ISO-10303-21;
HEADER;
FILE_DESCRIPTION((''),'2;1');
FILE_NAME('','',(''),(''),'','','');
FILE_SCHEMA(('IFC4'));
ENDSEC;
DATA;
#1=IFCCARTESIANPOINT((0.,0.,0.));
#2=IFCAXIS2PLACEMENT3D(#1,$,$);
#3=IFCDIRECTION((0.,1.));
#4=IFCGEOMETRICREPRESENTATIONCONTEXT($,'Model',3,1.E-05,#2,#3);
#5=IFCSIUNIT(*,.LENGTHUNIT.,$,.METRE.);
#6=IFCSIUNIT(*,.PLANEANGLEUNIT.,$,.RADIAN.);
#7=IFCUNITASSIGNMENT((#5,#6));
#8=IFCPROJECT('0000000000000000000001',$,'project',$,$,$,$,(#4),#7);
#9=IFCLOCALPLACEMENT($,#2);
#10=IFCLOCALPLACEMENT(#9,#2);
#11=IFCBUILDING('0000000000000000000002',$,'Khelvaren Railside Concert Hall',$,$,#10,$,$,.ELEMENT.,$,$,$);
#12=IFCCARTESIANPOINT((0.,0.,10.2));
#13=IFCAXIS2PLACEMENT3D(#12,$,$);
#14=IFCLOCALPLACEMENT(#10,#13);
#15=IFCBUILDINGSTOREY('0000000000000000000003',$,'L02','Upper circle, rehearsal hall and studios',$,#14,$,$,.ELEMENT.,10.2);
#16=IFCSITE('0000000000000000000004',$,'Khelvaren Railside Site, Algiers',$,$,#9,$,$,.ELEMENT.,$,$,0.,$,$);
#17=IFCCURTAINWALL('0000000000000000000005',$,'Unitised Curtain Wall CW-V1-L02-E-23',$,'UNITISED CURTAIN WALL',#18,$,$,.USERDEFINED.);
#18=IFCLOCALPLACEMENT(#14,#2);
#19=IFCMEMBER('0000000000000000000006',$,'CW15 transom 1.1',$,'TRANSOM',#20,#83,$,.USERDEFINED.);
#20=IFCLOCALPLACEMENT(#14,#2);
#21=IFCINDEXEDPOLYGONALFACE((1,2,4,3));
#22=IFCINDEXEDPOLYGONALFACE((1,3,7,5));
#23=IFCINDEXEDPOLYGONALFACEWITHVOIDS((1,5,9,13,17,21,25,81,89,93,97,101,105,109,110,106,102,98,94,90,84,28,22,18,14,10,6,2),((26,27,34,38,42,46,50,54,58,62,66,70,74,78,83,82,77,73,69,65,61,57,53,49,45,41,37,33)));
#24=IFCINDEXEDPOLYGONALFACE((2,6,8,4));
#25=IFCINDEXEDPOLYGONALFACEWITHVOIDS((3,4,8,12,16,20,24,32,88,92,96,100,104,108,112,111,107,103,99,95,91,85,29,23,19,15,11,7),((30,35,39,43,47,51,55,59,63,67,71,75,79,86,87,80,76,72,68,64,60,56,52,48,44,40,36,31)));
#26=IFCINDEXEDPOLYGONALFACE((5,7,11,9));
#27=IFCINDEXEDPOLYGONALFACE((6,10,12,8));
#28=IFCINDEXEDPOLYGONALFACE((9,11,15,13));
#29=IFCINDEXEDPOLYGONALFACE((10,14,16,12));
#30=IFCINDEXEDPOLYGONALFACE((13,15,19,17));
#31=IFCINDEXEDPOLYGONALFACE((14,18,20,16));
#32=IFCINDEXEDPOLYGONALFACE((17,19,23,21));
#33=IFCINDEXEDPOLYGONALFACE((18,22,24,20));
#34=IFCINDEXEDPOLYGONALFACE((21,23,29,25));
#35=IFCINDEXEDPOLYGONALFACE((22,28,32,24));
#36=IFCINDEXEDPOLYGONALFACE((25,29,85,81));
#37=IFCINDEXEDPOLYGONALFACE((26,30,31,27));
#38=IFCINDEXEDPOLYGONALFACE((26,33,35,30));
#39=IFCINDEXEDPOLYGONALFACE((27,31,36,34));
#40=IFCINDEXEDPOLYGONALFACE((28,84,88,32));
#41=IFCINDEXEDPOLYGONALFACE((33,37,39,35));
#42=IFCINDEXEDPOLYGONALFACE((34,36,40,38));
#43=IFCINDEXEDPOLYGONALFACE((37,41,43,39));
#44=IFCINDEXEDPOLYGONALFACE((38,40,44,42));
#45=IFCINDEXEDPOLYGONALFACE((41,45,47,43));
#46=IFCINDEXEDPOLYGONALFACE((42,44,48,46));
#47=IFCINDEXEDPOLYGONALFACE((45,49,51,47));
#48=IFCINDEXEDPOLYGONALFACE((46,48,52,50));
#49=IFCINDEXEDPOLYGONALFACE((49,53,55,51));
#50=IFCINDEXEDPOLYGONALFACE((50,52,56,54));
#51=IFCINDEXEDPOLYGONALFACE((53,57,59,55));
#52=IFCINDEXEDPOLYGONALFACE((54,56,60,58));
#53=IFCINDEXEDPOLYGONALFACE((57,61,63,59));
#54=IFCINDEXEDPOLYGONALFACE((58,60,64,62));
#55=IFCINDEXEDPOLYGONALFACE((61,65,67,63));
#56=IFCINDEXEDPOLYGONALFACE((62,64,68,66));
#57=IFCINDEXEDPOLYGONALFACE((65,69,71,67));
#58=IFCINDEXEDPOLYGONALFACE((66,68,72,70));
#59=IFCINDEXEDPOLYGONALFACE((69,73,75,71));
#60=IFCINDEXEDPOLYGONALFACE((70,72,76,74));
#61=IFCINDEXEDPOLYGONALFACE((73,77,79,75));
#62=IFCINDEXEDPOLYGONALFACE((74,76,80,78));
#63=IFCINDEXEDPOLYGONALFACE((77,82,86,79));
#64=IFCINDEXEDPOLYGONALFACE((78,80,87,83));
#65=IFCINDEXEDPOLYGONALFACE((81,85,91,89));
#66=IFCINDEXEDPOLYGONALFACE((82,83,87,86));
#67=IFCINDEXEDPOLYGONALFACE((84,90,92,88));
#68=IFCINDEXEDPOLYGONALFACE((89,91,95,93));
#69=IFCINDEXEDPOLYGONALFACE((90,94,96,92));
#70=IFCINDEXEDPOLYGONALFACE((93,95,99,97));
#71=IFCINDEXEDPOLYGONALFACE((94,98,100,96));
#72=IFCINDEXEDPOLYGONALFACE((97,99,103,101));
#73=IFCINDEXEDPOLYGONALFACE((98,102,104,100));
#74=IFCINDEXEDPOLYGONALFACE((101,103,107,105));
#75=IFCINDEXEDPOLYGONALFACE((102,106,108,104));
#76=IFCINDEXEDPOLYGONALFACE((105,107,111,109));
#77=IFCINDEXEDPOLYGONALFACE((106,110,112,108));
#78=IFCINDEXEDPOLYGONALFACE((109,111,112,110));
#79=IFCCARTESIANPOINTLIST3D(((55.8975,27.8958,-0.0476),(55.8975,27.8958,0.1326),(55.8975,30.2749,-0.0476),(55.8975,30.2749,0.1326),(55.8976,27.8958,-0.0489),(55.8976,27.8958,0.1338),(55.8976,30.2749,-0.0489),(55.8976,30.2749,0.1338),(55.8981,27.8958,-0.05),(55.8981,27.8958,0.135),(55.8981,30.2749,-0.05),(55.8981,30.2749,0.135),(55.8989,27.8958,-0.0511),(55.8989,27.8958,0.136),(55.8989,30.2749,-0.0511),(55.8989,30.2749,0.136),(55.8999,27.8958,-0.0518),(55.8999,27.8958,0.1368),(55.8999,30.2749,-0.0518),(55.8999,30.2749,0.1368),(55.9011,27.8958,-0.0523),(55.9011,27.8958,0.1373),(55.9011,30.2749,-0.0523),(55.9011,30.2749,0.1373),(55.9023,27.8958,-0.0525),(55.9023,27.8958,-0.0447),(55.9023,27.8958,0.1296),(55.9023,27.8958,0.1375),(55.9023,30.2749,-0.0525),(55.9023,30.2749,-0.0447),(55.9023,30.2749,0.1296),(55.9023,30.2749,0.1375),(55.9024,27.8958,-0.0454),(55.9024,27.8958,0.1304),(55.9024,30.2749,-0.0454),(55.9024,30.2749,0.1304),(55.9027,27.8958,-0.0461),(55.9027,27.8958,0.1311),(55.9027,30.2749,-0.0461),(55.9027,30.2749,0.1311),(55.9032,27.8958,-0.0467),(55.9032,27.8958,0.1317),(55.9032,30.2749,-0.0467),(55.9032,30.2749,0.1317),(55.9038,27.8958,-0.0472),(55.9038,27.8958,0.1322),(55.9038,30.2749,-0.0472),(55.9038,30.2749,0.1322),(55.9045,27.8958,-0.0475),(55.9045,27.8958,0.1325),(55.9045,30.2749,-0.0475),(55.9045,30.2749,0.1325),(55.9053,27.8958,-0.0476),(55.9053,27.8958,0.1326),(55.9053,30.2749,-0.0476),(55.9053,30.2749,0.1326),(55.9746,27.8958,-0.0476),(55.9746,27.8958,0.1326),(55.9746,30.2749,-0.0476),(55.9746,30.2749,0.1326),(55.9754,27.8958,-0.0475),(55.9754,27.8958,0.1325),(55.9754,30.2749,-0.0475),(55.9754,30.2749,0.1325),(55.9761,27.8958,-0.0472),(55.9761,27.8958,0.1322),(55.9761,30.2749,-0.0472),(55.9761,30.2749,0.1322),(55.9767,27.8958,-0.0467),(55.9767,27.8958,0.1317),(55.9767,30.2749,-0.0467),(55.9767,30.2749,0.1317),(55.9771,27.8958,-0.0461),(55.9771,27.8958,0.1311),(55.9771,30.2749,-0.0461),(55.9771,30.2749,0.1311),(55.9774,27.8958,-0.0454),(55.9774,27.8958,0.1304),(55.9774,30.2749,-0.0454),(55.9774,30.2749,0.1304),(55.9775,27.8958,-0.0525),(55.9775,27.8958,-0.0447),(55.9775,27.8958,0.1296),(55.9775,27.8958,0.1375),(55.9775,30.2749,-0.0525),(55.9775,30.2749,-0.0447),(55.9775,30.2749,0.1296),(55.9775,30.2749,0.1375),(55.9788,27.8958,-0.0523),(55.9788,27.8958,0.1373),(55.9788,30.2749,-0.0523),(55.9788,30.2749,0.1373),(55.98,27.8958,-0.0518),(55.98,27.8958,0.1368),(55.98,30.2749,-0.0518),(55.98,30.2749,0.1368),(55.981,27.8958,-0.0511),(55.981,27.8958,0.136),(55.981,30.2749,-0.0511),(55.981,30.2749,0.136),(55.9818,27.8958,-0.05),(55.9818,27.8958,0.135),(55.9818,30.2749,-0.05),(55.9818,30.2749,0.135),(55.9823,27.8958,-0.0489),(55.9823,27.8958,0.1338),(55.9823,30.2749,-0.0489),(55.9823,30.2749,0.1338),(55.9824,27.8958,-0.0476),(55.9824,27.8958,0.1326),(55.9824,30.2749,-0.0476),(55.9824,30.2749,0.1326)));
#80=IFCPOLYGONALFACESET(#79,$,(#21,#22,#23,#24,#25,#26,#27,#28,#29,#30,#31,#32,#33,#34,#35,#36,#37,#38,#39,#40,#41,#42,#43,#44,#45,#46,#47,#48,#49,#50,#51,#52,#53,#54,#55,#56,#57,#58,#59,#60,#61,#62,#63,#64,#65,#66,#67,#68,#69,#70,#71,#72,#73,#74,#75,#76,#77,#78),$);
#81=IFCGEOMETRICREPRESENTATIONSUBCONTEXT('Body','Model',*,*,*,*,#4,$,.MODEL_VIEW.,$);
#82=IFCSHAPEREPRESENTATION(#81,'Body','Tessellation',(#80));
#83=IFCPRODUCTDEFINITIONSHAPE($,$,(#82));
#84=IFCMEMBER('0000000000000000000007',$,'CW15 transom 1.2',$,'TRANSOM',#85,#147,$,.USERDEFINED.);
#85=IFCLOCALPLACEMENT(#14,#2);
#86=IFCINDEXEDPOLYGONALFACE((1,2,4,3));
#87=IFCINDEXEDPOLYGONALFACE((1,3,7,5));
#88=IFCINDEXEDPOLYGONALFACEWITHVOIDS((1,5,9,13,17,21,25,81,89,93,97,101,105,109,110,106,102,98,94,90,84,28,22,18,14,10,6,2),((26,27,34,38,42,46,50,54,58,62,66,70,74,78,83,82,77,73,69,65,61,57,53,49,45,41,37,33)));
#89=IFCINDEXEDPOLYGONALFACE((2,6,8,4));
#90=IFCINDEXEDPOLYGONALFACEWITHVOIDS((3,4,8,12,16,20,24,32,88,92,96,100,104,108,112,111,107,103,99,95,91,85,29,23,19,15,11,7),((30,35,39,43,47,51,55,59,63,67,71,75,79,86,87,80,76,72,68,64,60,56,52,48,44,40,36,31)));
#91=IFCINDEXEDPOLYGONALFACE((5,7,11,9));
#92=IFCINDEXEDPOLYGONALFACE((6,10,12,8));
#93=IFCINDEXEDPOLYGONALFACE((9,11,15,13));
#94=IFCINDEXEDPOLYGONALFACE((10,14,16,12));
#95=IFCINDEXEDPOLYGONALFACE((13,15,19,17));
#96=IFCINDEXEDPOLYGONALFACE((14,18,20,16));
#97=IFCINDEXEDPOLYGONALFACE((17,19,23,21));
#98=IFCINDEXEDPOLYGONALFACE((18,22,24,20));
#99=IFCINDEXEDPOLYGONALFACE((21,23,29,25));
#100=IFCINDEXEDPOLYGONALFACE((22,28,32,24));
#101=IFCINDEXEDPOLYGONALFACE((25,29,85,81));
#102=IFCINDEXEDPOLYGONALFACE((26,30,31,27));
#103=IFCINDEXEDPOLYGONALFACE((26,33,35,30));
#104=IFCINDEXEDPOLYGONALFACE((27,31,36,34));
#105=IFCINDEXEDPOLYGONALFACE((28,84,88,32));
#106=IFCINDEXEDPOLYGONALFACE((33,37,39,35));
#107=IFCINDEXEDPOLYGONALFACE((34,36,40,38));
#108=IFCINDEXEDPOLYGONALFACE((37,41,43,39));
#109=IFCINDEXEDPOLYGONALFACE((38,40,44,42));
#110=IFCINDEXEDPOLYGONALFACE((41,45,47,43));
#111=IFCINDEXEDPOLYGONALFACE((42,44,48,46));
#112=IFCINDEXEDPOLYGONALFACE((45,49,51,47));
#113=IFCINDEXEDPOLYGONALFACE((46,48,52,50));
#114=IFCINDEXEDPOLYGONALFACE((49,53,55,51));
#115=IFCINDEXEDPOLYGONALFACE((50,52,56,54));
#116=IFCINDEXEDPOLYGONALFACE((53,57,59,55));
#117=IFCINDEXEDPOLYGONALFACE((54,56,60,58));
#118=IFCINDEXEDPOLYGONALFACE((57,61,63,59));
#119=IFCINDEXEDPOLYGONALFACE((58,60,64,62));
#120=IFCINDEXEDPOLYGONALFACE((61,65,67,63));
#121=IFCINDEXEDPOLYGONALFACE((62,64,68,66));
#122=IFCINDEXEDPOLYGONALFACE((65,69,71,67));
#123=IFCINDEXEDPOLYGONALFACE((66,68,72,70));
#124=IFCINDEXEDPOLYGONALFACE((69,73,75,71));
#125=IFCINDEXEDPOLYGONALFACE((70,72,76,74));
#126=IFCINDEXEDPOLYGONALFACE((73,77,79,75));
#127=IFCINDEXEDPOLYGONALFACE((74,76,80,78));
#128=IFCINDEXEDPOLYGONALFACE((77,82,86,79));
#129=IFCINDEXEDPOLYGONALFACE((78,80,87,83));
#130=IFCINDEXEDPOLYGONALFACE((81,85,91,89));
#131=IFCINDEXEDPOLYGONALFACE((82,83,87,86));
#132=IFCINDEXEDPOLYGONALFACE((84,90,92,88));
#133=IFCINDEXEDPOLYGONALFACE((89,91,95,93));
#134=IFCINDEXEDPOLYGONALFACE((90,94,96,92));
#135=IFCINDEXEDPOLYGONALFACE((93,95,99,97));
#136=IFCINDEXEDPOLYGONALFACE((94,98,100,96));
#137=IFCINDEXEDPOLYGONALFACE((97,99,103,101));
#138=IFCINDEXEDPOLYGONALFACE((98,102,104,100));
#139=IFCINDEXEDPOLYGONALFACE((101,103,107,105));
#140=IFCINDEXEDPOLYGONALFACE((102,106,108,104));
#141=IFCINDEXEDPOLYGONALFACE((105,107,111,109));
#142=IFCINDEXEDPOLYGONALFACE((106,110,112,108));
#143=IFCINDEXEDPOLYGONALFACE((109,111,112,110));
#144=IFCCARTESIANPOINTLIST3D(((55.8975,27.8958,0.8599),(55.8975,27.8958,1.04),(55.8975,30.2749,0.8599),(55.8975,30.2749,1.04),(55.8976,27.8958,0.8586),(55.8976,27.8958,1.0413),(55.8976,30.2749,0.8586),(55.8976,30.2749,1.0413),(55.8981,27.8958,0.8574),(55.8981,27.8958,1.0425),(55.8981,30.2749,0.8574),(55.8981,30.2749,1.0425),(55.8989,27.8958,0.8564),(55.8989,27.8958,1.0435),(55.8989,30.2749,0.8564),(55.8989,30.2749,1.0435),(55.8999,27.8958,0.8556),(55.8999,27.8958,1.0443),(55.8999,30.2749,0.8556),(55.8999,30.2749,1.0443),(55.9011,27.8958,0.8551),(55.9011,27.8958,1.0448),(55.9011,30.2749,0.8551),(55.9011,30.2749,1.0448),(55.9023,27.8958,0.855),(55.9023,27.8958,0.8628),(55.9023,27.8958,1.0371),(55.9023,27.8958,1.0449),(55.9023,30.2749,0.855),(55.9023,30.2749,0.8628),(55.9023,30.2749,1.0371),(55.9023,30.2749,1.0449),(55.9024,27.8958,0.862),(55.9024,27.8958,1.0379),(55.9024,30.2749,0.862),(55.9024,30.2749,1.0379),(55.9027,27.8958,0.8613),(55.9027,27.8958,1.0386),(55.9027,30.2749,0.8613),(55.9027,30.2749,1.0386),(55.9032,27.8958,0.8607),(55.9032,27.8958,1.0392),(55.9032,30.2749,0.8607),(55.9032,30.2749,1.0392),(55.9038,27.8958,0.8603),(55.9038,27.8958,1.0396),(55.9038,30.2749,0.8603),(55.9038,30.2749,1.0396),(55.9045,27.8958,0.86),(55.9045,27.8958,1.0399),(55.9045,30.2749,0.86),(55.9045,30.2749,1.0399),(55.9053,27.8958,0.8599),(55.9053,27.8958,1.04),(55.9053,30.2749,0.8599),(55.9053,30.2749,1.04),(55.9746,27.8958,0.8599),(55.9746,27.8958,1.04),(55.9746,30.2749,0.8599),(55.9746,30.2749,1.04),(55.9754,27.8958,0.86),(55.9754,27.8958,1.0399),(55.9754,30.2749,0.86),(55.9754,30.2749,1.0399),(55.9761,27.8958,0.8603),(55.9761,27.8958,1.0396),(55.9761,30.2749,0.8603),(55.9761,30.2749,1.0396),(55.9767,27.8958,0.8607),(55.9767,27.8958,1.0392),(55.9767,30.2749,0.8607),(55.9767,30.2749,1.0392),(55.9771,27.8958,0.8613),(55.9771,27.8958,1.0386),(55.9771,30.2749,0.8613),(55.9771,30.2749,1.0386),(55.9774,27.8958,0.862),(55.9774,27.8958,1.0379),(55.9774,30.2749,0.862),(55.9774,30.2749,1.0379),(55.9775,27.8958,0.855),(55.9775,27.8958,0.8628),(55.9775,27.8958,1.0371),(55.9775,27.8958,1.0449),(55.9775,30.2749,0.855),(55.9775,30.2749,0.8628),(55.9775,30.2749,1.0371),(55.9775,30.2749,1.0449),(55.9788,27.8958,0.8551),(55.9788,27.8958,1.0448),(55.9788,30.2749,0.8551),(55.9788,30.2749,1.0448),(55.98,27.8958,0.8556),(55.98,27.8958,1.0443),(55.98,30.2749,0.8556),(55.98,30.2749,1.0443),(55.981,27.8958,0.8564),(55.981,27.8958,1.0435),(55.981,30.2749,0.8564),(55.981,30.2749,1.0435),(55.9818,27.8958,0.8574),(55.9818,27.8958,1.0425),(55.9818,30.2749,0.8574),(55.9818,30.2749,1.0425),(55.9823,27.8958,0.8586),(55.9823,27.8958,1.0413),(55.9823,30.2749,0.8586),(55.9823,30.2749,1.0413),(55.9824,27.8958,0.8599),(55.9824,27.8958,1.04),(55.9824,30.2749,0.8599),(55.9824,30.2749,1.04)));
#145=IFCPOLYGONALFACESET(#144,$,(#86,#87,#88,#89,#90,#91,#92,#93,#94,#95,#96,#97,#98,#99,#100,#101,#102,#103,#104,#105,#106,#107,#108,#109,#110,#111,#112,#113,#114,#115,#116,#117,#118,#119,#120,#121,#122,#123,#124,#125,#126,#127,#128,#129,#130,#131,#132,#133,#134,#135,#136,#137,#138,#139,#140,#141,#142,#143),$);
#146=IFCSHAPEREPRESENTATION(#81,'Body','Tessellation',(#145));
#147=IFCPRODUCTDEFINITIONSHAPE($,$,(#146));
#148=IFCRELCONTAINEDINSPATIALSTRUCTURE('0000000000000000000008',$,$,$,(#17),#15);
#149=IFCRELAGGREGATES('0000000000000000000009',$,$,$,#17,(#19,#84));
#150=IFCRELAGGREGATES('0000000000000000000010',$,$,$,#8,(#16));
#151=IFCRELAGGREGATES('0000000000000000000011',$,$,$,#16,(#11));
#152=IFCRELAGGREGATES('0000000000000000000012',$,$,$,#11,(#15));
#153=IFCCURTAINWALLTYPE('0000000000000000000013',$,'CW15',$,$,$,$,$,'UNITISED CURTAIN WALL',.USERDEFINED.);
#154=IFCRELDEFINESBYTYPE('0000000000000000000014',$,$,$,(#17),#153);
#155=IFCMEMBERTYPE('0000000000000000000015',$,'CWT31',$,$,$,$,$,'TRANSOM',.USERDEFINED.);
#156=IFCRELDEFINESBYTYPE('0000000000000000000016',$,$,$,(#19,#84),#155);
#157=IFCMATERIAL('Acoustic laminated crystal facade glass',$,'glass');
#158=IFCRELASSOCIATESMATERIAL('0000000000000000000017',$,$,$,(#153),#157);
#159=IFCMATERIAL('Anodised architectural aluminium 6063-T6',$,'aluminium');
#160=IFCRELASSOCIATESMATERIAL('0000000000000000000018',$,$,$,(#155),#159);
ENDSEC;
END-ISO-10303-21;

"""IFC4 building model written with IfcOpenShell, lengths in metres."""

from ifc_helpers import new_model, si_unit, direction, frame, origin, origin_2d, place, context, subcontext, project, spatial, hollow_rectangle, extrude, material, material_profile, profile_set, type_object, element, aggregate, save


model = new_model("IFC4")

# Units and contexts
model_context = context("Model", 3, precision=1e-05, world=origin(), true_north=direction((0.0, 1.0)))
body_context = subcontext(model_context, "Body", "Model", "MODEL_VIEW")
ifc_project = project(units=[si_unit("LENGTHUNIT", "METRE"), si_unit("PLANEANGLEUNIT", "RADIAN")], contexts=[model_context])

# Site, building, storey
site_placement = place(None, origin())
site = spatial("IfcSite", under=ifc_project, at=site_placement, Name="Khelvaren Railside Site, Algiers", CompositionType="ELEMENT", RefElevation=0.0)
building_placement = place(site_placement, origin())
building = spatial("IfcBuilding", under=site, at=building_placement, Name="Khelvaren Railside Concert Hall", CompositionType="ELEMENT")
storey_placement = place(building_placement, frame((0.0, 0.0, 10.2)))
storey = spatial("IfcBuildingStorey", under=building, at=storey_placement, Name="L02", Description="Upper circle, rehearsal hall and studios", CompositionType="ELEMENT", Elevation=10.2)

# Shared definitions
ifc_material_1 = material(Name="Anodised architectural aluminium 6063-T6", Category="aluminium")

# Curtain wall, members
ifc_material_2 = material(Name="Acoustic laminated crystal facade glass", Category="glass")
curtain_wall_type_1 = type_object("IfcCurtainWallType", Name="CW15", ElementType="UNITISED CURTAIN WALL", PredefinedType="USERDEFINED", material=ifc_material_2)
curtain_wall_1_placement = place(storey_placement, origin())
curtain_wall_1 = element("IfcCurtainWall", 1, at=curtain_wall_1_placement, inside=storey, type_object=curtain_wall_type_1, Name="Unitised Curtain Wall CW-V1-L02-E-23", ObjectType="UNITISED CURTAIN WALL", PredefinedType="USERDEFINED")
ifc_material_profile_1 = material_profile(ifc_material_1, hollow_rectangle(XDim=0.085, YDim=0.1899, WallThickness=0.0049, InnerFilletRadius=0.0029, OuterFilletRadius=0.0049, at=origin_2d()), Name="CWT 85x190x5")
ifc_profile_set_1 = profile_set([ifc_material_profile_1], Name="Anodised architectural aluminium 6063-T6")
member_type_1 = type_object("IfcMemberType", Name="CWT31", ElementType="TRANSOM", PredefinedType="USERDEFINED", material=ifc_profile_set_1)
member_1_placement = place(storey_placement, frame((55.9399, 30.2749, 0.0425), z_axis=(0.0, -1.0, 0.0), x_axis=(1.0, 0.0, 0.0)))
member_1 = element("IfcMember", 2, at=member_1_placement, type_object=member_type_1, Name="CW15 transom 1.1", ObjectType="TRANSOM", PredefinedType="USERDEFINED", context=body_context, shape_type="SweptSolid", body=[
    extrude(hollow_rectangle(XDim=0.085, YDim=0.1899, WallThickness=0.0049, InnerFilletRadius=0.0029, OuterFilletRadius=0.0049, at=origin_2d()), origin(), (0.0, 0.0, 1.0), 2.3792),
])
member_2_placement = place(storey_placement, frame((55.9399, 30.2749, 0.95), z_axis=(0.0, -1.0, 0.0), x_axis=(1.0, 0.0, 0.0)))
member_2 = element("IfcMember", 3, at=member_2_placement, type_object=member_type_1, Name="CW15 transom 1.2", ObjectType="TRANSOM", PredefinedType="USERDEFINED", context=body_context, shape_type="SweptSolid", body=[
    extrude(hollow_rectangle(XDim=0.085, YDim=0.1899, WallThickness=0.0049, InnerFilletRadius=0.0029, OuterFilletRadius=0.0049, at=origin_2d()), origin(), (0.0, 0.0, 1.0), 2.3792),
])
aggregate(curtain_wall_1, [member_1, member_2])

save(model, "model.ifc")
